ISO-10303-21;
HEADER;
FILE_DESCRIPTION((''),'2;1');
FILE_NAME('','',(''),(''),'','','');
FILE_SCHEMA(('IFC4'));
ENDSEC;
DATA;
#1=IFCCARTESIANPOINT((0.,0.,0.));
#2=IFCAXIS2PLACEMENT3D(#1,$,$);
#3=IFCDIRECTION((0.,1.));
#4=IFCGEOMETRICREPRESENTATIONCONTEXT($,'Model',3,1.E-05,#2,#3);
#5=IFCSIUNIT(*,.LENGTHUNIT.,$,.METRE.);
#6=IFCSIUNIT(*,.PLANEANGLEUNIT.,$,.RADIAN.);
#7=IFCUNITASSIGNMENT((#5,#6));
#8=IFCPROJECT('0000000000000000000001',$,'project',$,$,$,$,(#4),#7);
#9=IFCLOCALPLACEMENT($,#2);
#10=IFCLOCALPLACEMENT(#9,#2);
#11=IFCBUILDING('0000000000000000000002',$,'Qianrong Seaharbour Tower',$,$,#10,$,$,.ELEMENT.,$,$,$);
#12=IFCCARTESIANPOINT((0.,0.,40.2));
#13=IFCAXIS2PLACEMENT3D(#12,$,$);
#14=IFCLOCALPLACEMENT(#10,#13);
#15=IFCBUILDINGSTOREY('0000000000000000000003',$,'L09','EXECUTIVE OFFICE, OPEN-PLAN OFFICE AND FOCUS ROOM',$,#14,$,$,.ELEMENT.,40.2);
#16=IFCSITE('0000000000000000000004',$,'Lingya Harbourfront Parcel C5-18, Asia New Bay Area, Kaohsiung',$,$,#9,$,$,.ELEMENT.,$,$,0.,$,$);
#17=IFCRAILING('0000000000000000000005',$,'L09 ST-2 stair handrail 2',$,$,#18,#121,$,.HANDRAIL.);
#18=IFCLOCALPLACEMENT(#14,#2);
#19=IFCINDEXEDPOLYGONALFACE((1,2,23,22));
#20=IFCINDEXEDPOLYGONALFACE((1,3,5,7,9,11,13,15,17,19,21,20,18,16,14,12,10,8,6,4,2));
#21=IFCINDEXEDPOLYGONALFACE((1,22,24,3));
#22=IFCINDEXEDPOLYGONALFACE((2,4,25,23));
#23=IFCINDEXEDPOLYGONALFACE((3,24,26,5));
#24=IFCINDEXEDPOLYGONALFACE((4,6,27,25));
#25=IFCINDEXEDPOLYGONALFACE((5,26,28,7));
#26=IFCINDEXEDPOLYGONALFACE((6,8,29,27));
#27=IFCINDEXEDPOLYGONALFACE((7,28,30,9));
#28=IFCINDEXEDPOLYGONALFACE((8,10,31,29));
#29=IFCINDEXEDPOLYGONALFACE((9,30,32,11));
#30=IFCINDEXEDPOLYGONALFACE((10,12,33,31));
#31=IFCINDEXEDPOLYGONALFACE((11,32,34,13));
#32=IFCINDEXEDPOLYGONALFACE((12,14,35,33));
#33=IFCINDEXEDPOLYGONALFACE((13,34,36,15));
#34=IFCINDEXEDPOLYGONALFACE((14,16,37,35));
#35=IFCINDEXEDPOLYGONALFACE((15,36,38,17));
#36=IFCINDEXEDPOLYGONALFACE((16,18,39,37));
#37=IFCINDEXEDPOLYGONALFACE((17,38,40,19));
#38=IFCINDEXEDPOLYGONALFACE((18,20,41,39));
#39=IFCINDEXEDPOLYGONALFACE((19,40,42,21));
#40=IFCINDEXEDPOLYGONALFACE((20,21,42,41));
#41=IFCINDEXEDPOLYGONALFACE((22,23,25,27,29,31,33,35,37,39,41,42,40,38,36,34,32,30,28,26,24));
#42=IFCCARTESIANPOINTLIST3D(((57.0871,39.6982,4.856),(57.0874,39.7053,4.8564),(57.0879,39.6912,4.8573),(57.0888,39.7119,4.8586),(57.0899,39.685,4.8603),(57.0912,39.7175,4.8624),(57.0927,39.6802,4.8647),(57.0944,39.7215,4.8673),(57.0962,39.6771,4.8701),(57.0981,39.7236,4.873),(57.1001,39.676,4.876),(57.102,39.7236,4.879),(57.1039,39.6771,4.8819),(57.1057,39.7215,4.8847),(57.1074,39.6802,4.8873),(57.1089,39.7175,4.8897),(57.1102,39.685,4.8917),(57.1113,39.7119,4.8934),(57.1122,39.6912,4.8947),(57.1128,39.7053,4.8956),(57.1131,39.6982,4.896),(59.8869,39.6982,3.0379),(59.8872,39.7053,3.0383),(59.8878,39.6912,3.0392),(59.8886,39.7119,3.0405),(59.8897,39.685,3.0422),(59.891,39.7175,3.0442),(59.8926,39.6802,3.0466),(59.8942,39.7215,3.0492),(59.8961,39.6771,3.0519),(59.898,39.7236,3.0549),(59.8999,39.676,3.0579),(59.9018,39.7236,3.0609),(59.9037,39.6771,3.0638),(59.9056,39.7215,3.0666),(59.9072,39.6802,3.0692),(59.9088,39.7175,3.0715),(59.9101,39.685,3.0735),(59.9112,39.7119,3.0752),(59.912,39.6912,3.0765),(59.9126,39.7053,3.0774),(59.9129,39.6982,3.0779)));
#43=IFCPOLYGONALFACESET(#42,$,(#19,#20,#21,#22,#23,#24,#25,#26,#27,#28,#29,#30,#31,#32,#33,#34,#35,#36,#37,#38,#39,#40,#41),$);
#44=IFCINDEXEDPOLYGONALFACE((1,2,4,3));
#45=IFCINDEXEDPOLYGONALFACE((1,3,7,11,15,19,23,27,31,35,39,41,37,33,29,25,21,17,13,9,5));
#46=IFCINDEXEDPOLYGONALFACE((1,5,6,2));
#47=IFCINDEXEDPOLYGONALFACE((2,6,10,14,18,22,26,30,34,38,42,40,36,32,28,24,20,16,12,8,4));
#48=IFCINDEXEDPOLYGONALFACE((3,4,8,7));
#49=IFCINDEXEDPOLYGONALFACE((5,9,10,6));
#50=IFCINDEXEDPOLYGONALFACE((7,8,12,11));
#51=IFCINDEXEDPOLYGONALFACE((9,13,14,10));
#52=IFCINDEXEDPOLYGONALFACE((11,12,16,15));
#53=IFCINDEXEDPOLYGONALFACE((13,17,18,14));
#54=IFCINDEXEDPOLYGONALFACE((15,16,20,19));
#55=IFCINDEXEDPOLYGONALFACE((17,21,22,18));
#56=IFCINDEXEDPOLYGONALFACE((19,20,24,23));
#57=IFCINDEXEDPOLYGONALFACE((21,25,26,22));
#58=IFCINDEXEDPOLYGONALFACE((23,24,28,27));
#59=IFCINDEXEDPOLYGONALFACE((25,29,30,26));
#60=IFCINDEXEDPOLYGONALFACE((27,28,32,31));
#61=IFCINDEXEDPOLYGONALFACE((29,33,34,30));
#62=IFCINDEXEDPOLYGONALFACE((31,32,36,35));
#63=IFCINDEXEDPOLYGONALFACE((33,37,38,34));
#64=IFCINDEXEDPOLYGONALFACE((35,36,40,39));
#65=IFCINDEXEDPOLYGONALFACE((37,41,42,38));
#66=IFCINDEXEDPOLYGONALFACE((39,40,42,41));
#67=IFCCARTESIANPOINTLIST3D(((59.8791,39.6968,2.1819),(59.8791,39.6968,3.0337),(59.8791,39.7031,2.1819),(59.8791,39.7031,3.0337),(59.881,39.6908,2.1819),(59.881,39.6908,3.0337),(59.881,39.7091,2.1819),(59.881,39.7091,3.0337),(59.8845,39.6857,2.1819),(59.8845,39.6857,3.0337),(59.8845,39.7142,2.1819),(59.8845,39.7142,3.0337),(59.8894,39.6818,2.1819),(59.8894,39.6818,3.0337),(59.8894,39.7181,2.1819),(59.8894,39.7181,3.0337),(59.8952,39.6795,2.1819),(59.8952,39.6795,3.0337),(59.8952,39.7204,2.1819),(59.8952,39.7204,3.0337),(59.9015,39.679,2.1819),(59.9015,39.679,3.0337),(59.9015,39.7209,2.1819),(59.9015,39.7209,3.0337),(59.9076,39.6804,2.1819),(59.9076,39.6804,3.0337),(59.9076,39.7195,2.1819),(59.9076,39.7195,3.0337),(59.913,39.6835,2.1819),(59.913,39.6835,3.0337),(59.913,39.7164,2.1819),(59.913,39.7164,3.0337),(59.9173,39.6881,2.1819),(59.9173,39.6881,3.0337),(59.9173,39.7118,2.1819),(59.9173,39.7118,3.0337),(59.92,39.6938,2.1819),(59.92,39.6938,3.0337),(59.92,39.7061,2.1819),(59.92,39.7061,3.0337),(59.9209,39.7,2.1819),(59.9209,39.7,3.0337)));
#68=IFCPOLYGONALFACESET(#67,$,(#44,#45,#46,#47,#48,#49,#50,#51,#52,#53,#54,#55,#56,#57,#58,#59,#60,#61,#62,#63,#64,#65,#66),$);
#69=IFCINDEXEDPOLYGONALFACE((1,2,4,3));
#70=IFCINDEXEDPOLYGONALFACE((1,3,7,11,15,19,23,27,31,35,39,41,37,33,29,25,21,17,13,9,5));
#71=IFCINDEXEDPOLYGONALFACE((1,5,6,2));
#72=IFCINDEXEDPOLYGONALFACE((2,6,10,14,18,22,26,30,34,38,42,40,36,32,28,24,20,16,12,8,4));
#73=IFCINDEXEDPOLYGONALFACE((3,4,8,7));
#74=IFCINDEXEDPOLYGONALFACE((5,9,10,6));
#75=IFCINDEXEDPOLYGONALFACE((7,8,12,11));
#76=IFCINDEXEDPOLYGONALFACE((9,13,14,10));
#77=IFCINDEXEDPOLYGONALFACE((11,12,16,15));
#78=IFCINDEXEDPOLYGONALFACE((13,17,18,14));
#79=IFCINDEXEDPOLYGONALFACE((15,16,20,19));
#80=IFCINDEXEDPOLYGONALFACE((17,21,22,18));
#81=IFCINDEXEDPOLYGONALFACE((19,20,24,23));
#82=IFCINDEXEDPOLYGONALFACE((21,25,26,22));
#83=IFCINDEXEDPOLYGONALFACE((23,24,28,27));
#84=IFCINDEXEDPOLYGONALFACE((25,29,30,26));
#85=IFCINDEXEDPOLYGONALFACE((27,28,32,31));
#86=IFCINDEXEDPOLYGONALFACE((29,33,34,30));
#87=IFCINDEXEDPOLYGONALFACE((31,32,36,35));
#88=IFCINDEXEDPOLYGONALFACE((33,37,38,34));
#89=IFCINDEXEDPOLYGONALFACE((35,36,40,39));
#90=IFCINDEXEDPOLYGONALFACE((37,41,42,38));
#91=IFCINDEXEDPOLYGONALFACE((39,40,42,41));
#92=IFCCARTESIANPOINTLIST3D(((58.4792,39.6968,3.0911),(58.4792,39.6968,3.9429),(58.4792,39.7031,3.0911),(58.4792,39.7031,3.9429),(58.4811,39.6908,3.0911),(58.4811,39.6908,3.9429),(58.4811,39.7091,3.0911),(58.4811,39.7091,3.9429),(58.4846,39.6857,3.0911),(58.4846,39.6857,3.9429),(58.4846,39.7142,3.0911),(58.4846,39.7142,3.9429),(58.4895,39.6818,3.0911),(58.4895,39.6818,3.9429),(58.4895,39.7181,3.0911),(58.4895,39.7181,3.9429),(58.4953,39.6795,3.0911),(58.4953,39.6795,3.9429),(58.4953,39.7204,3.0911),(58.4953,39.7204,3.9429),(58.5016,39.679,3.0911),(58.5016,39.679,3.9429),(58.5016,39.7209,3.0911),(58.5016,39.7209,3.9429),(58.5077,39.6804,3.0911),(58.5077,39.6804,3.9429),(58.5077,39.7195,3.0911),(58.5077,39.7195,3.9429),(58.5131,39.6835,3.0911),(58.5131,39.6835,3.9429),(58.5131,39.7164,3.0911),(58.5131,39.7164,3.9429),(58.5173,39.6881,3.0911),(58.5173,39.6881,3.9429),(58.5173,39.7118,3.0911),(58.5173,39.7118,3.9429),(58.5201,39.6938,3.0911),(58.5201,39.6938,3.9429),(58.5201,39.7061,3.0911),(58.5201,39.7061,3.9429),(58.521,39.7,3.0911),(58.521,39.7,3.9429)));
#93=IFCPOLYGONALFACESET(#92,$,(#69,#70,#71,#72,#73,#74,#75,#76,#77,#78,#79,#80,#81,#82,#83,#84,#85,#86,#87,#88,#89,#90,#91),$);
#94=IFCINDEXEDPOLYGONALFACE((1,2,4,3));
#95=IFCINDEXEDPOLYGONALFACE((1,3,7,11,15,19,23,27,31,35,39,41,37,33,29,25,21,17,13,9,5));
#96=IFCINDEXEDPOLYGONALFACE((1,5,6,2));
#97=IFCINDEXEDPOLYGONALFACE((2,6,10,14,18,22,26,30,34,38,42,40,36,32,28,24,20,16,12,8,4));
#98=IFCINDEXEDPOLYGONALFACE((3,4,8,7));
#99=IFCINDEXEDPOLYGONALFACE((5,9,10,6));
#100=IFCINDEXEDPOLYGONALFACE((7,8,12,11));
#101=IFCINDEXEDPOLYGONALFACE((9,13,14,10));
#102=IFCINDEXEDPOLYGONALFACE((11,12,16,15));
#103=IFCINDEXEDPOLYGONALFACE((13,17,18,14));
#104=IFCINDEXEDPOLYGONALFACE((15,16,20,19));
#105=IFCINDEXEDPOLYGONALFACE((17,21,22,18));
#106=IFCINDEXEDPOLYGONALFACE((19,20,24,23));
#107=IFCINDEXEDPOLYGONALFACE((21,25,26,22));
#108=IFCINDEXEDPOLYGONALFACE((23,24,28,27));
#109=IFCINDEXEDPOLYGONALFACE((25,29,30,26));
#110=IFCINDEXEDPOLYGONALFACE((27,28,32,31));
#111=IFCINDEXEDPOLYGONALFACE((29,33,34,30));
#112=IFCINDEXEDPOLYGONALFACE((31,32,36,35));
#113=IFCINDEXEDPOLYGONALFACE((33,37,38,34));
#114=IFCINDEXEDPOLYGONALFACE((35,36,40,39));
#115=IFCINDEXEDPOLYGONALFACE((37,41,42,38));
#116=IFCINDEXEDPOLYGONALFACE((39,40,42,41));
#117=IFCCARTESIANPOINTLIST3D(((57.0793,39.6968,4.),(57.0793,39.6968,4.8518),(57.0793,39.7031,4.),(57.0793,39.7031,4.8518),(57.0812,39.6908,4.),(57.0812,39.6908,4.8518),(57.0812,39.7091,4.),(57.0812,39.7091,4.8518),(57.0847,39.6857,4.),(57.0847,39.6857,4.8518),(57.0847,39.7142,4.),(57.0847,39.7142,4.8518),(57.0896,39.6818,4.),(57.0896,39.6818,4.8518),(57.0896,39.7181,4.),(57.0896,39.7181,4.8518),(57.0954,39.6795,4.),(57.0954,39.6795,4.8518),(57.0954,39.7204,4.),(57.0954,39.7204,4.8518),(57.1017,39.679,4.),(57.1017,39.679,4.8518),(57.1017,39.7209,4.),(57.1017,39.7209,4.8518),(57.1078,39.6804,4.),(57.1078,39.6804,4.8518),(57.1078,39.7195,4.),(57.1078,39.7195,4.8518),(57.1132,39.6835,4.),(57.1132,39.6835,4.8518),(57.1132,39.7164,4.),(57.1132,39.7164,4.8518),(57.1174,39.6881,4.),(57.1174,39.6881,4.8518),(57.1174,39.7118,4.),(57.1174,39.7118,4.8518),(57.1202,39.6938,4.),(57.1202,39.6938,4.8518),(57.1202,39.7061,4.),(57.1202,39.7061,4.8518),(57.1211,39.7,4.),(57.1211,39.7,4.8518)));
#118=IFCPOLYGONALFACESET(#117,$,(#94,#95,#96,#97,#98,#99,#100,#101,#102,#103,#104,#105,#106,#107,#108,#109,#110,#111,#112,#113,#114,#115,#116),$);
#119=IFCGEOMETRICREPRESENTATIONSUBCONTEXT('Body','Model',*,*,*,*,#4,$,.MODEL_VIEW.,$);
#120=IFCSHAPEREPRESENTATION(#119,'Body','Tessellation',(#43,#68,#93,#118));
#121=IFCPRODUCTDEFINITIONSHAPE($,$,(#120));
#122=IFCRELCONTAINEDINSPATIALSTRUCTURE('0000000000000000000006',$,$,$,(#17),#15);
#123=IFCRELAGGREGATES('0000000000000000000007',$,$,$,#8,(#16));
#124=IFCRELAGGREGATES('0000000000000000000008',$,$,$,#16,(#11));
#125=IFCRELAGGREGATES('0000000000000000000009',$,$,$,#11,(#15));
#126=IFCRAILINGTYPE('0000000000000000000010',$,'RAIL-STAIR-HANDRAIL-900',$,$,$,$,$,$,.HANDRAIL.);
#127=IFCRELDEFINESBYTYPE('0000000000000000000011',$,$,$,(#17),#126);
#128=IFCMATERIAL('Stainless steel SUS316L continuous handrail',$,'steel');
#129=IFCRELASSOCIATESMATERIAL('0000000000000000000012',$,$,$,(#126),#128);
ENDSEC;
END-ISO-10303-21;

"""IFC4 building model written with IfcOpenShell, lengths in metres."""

from ifc_helpers import new_model, si_unit, direction, frame, origin, origin_2d, place, context, subcontext, project, spatial, circle, extrude, material, type_object, element, save


model = new_model("IFC4")

# Units and contexts
model_context = context("Model", 3, precision=1e-05, world=origin(), true_north=direction((0.0, 1.0)))
body_context = subcontext(model_context, "Body", "Model", "MODEL_VIEW")
ifc_project = project(units=[si_unit("LENGTHUNIT", "METRE"), si_unit("PLANEANGLEUNIT", "RADIAN")], contexts=[model_context])

# Site, building, storey
site_placement = place(None, origin())
site = spatial("IfcSite", under=ifc_project, at=site_placement, Name="Lingya Harbourfront Parcel C5-18, Asia New Bay Area, Kaohsiung", CompositionType="ELEMENT", RefElevation=0.0)
building_placement = place(site_placement, origin())
building = spatial("IfcBuilding", under=site, at=building_placement, Name="Qianrong Seaharbour Tower", CompositionType="ELEMENT")
storey_placement = place(building_placement, frame((0.0, 0.0, 40.2)))
storey = spatial("IfcBuildingStorey", under=building, at=storey_placement, Name="L09", Description="EXECUTIVE OFFICE, OPEN-PLAN OFFICE AND FOCUS ROOM", CompositionType="ELEMENT", Elevation=40.2)

# Railing
ifc_material_1 = material(Name="Stainless steel SUS316L continuous handrail", Category="steel")
railing_type_1 = type_object("IfcRailingType", Name="RAIL-STAIR-HANDRAIL-900", PredefinedType="HANDRAIL", material=ifc_material_1)
railing_1_placement = place(storey_placement, frame((59.8999, 39.7, 2.1819)))
element("IfcRailing", 1, at=railing_1_placement, inside=storey, type_object=railing_type_1, Name="L09 ST-2 stair handrail 2", PredefinedType="HANDRAIL", context=body_context, shape_type="SweptSolid", body=[
    extrude(circle(Radius=0.0239, at=origin_2d()), frame((0.0, 0.0, 0.876), z_axis=(-0.838684, 0.0, 0.544618), x_axis=(0.0, -1.0, 0.0)), (0.0, 0.0, 1.0), 3.3384),
    extrude(circle(Radius=0.021, at=origin_2d()), origin(), (0.0, 0.0, 1.0), 0.8518),
    extrude(circle(Radius=0.021, at=origin_2d()), frame((-1.3999, 0.0, 0.9092)), (0.0, 0.0, 1.0), 0.8518),
    extrude(circle(Radius=0.021, at=origin_2d()), frame((-2.7998, 0.0, 1.8181)), (0.0, 0.0, 1.0), 0.8518),
])

save(model, "model.ifc")
